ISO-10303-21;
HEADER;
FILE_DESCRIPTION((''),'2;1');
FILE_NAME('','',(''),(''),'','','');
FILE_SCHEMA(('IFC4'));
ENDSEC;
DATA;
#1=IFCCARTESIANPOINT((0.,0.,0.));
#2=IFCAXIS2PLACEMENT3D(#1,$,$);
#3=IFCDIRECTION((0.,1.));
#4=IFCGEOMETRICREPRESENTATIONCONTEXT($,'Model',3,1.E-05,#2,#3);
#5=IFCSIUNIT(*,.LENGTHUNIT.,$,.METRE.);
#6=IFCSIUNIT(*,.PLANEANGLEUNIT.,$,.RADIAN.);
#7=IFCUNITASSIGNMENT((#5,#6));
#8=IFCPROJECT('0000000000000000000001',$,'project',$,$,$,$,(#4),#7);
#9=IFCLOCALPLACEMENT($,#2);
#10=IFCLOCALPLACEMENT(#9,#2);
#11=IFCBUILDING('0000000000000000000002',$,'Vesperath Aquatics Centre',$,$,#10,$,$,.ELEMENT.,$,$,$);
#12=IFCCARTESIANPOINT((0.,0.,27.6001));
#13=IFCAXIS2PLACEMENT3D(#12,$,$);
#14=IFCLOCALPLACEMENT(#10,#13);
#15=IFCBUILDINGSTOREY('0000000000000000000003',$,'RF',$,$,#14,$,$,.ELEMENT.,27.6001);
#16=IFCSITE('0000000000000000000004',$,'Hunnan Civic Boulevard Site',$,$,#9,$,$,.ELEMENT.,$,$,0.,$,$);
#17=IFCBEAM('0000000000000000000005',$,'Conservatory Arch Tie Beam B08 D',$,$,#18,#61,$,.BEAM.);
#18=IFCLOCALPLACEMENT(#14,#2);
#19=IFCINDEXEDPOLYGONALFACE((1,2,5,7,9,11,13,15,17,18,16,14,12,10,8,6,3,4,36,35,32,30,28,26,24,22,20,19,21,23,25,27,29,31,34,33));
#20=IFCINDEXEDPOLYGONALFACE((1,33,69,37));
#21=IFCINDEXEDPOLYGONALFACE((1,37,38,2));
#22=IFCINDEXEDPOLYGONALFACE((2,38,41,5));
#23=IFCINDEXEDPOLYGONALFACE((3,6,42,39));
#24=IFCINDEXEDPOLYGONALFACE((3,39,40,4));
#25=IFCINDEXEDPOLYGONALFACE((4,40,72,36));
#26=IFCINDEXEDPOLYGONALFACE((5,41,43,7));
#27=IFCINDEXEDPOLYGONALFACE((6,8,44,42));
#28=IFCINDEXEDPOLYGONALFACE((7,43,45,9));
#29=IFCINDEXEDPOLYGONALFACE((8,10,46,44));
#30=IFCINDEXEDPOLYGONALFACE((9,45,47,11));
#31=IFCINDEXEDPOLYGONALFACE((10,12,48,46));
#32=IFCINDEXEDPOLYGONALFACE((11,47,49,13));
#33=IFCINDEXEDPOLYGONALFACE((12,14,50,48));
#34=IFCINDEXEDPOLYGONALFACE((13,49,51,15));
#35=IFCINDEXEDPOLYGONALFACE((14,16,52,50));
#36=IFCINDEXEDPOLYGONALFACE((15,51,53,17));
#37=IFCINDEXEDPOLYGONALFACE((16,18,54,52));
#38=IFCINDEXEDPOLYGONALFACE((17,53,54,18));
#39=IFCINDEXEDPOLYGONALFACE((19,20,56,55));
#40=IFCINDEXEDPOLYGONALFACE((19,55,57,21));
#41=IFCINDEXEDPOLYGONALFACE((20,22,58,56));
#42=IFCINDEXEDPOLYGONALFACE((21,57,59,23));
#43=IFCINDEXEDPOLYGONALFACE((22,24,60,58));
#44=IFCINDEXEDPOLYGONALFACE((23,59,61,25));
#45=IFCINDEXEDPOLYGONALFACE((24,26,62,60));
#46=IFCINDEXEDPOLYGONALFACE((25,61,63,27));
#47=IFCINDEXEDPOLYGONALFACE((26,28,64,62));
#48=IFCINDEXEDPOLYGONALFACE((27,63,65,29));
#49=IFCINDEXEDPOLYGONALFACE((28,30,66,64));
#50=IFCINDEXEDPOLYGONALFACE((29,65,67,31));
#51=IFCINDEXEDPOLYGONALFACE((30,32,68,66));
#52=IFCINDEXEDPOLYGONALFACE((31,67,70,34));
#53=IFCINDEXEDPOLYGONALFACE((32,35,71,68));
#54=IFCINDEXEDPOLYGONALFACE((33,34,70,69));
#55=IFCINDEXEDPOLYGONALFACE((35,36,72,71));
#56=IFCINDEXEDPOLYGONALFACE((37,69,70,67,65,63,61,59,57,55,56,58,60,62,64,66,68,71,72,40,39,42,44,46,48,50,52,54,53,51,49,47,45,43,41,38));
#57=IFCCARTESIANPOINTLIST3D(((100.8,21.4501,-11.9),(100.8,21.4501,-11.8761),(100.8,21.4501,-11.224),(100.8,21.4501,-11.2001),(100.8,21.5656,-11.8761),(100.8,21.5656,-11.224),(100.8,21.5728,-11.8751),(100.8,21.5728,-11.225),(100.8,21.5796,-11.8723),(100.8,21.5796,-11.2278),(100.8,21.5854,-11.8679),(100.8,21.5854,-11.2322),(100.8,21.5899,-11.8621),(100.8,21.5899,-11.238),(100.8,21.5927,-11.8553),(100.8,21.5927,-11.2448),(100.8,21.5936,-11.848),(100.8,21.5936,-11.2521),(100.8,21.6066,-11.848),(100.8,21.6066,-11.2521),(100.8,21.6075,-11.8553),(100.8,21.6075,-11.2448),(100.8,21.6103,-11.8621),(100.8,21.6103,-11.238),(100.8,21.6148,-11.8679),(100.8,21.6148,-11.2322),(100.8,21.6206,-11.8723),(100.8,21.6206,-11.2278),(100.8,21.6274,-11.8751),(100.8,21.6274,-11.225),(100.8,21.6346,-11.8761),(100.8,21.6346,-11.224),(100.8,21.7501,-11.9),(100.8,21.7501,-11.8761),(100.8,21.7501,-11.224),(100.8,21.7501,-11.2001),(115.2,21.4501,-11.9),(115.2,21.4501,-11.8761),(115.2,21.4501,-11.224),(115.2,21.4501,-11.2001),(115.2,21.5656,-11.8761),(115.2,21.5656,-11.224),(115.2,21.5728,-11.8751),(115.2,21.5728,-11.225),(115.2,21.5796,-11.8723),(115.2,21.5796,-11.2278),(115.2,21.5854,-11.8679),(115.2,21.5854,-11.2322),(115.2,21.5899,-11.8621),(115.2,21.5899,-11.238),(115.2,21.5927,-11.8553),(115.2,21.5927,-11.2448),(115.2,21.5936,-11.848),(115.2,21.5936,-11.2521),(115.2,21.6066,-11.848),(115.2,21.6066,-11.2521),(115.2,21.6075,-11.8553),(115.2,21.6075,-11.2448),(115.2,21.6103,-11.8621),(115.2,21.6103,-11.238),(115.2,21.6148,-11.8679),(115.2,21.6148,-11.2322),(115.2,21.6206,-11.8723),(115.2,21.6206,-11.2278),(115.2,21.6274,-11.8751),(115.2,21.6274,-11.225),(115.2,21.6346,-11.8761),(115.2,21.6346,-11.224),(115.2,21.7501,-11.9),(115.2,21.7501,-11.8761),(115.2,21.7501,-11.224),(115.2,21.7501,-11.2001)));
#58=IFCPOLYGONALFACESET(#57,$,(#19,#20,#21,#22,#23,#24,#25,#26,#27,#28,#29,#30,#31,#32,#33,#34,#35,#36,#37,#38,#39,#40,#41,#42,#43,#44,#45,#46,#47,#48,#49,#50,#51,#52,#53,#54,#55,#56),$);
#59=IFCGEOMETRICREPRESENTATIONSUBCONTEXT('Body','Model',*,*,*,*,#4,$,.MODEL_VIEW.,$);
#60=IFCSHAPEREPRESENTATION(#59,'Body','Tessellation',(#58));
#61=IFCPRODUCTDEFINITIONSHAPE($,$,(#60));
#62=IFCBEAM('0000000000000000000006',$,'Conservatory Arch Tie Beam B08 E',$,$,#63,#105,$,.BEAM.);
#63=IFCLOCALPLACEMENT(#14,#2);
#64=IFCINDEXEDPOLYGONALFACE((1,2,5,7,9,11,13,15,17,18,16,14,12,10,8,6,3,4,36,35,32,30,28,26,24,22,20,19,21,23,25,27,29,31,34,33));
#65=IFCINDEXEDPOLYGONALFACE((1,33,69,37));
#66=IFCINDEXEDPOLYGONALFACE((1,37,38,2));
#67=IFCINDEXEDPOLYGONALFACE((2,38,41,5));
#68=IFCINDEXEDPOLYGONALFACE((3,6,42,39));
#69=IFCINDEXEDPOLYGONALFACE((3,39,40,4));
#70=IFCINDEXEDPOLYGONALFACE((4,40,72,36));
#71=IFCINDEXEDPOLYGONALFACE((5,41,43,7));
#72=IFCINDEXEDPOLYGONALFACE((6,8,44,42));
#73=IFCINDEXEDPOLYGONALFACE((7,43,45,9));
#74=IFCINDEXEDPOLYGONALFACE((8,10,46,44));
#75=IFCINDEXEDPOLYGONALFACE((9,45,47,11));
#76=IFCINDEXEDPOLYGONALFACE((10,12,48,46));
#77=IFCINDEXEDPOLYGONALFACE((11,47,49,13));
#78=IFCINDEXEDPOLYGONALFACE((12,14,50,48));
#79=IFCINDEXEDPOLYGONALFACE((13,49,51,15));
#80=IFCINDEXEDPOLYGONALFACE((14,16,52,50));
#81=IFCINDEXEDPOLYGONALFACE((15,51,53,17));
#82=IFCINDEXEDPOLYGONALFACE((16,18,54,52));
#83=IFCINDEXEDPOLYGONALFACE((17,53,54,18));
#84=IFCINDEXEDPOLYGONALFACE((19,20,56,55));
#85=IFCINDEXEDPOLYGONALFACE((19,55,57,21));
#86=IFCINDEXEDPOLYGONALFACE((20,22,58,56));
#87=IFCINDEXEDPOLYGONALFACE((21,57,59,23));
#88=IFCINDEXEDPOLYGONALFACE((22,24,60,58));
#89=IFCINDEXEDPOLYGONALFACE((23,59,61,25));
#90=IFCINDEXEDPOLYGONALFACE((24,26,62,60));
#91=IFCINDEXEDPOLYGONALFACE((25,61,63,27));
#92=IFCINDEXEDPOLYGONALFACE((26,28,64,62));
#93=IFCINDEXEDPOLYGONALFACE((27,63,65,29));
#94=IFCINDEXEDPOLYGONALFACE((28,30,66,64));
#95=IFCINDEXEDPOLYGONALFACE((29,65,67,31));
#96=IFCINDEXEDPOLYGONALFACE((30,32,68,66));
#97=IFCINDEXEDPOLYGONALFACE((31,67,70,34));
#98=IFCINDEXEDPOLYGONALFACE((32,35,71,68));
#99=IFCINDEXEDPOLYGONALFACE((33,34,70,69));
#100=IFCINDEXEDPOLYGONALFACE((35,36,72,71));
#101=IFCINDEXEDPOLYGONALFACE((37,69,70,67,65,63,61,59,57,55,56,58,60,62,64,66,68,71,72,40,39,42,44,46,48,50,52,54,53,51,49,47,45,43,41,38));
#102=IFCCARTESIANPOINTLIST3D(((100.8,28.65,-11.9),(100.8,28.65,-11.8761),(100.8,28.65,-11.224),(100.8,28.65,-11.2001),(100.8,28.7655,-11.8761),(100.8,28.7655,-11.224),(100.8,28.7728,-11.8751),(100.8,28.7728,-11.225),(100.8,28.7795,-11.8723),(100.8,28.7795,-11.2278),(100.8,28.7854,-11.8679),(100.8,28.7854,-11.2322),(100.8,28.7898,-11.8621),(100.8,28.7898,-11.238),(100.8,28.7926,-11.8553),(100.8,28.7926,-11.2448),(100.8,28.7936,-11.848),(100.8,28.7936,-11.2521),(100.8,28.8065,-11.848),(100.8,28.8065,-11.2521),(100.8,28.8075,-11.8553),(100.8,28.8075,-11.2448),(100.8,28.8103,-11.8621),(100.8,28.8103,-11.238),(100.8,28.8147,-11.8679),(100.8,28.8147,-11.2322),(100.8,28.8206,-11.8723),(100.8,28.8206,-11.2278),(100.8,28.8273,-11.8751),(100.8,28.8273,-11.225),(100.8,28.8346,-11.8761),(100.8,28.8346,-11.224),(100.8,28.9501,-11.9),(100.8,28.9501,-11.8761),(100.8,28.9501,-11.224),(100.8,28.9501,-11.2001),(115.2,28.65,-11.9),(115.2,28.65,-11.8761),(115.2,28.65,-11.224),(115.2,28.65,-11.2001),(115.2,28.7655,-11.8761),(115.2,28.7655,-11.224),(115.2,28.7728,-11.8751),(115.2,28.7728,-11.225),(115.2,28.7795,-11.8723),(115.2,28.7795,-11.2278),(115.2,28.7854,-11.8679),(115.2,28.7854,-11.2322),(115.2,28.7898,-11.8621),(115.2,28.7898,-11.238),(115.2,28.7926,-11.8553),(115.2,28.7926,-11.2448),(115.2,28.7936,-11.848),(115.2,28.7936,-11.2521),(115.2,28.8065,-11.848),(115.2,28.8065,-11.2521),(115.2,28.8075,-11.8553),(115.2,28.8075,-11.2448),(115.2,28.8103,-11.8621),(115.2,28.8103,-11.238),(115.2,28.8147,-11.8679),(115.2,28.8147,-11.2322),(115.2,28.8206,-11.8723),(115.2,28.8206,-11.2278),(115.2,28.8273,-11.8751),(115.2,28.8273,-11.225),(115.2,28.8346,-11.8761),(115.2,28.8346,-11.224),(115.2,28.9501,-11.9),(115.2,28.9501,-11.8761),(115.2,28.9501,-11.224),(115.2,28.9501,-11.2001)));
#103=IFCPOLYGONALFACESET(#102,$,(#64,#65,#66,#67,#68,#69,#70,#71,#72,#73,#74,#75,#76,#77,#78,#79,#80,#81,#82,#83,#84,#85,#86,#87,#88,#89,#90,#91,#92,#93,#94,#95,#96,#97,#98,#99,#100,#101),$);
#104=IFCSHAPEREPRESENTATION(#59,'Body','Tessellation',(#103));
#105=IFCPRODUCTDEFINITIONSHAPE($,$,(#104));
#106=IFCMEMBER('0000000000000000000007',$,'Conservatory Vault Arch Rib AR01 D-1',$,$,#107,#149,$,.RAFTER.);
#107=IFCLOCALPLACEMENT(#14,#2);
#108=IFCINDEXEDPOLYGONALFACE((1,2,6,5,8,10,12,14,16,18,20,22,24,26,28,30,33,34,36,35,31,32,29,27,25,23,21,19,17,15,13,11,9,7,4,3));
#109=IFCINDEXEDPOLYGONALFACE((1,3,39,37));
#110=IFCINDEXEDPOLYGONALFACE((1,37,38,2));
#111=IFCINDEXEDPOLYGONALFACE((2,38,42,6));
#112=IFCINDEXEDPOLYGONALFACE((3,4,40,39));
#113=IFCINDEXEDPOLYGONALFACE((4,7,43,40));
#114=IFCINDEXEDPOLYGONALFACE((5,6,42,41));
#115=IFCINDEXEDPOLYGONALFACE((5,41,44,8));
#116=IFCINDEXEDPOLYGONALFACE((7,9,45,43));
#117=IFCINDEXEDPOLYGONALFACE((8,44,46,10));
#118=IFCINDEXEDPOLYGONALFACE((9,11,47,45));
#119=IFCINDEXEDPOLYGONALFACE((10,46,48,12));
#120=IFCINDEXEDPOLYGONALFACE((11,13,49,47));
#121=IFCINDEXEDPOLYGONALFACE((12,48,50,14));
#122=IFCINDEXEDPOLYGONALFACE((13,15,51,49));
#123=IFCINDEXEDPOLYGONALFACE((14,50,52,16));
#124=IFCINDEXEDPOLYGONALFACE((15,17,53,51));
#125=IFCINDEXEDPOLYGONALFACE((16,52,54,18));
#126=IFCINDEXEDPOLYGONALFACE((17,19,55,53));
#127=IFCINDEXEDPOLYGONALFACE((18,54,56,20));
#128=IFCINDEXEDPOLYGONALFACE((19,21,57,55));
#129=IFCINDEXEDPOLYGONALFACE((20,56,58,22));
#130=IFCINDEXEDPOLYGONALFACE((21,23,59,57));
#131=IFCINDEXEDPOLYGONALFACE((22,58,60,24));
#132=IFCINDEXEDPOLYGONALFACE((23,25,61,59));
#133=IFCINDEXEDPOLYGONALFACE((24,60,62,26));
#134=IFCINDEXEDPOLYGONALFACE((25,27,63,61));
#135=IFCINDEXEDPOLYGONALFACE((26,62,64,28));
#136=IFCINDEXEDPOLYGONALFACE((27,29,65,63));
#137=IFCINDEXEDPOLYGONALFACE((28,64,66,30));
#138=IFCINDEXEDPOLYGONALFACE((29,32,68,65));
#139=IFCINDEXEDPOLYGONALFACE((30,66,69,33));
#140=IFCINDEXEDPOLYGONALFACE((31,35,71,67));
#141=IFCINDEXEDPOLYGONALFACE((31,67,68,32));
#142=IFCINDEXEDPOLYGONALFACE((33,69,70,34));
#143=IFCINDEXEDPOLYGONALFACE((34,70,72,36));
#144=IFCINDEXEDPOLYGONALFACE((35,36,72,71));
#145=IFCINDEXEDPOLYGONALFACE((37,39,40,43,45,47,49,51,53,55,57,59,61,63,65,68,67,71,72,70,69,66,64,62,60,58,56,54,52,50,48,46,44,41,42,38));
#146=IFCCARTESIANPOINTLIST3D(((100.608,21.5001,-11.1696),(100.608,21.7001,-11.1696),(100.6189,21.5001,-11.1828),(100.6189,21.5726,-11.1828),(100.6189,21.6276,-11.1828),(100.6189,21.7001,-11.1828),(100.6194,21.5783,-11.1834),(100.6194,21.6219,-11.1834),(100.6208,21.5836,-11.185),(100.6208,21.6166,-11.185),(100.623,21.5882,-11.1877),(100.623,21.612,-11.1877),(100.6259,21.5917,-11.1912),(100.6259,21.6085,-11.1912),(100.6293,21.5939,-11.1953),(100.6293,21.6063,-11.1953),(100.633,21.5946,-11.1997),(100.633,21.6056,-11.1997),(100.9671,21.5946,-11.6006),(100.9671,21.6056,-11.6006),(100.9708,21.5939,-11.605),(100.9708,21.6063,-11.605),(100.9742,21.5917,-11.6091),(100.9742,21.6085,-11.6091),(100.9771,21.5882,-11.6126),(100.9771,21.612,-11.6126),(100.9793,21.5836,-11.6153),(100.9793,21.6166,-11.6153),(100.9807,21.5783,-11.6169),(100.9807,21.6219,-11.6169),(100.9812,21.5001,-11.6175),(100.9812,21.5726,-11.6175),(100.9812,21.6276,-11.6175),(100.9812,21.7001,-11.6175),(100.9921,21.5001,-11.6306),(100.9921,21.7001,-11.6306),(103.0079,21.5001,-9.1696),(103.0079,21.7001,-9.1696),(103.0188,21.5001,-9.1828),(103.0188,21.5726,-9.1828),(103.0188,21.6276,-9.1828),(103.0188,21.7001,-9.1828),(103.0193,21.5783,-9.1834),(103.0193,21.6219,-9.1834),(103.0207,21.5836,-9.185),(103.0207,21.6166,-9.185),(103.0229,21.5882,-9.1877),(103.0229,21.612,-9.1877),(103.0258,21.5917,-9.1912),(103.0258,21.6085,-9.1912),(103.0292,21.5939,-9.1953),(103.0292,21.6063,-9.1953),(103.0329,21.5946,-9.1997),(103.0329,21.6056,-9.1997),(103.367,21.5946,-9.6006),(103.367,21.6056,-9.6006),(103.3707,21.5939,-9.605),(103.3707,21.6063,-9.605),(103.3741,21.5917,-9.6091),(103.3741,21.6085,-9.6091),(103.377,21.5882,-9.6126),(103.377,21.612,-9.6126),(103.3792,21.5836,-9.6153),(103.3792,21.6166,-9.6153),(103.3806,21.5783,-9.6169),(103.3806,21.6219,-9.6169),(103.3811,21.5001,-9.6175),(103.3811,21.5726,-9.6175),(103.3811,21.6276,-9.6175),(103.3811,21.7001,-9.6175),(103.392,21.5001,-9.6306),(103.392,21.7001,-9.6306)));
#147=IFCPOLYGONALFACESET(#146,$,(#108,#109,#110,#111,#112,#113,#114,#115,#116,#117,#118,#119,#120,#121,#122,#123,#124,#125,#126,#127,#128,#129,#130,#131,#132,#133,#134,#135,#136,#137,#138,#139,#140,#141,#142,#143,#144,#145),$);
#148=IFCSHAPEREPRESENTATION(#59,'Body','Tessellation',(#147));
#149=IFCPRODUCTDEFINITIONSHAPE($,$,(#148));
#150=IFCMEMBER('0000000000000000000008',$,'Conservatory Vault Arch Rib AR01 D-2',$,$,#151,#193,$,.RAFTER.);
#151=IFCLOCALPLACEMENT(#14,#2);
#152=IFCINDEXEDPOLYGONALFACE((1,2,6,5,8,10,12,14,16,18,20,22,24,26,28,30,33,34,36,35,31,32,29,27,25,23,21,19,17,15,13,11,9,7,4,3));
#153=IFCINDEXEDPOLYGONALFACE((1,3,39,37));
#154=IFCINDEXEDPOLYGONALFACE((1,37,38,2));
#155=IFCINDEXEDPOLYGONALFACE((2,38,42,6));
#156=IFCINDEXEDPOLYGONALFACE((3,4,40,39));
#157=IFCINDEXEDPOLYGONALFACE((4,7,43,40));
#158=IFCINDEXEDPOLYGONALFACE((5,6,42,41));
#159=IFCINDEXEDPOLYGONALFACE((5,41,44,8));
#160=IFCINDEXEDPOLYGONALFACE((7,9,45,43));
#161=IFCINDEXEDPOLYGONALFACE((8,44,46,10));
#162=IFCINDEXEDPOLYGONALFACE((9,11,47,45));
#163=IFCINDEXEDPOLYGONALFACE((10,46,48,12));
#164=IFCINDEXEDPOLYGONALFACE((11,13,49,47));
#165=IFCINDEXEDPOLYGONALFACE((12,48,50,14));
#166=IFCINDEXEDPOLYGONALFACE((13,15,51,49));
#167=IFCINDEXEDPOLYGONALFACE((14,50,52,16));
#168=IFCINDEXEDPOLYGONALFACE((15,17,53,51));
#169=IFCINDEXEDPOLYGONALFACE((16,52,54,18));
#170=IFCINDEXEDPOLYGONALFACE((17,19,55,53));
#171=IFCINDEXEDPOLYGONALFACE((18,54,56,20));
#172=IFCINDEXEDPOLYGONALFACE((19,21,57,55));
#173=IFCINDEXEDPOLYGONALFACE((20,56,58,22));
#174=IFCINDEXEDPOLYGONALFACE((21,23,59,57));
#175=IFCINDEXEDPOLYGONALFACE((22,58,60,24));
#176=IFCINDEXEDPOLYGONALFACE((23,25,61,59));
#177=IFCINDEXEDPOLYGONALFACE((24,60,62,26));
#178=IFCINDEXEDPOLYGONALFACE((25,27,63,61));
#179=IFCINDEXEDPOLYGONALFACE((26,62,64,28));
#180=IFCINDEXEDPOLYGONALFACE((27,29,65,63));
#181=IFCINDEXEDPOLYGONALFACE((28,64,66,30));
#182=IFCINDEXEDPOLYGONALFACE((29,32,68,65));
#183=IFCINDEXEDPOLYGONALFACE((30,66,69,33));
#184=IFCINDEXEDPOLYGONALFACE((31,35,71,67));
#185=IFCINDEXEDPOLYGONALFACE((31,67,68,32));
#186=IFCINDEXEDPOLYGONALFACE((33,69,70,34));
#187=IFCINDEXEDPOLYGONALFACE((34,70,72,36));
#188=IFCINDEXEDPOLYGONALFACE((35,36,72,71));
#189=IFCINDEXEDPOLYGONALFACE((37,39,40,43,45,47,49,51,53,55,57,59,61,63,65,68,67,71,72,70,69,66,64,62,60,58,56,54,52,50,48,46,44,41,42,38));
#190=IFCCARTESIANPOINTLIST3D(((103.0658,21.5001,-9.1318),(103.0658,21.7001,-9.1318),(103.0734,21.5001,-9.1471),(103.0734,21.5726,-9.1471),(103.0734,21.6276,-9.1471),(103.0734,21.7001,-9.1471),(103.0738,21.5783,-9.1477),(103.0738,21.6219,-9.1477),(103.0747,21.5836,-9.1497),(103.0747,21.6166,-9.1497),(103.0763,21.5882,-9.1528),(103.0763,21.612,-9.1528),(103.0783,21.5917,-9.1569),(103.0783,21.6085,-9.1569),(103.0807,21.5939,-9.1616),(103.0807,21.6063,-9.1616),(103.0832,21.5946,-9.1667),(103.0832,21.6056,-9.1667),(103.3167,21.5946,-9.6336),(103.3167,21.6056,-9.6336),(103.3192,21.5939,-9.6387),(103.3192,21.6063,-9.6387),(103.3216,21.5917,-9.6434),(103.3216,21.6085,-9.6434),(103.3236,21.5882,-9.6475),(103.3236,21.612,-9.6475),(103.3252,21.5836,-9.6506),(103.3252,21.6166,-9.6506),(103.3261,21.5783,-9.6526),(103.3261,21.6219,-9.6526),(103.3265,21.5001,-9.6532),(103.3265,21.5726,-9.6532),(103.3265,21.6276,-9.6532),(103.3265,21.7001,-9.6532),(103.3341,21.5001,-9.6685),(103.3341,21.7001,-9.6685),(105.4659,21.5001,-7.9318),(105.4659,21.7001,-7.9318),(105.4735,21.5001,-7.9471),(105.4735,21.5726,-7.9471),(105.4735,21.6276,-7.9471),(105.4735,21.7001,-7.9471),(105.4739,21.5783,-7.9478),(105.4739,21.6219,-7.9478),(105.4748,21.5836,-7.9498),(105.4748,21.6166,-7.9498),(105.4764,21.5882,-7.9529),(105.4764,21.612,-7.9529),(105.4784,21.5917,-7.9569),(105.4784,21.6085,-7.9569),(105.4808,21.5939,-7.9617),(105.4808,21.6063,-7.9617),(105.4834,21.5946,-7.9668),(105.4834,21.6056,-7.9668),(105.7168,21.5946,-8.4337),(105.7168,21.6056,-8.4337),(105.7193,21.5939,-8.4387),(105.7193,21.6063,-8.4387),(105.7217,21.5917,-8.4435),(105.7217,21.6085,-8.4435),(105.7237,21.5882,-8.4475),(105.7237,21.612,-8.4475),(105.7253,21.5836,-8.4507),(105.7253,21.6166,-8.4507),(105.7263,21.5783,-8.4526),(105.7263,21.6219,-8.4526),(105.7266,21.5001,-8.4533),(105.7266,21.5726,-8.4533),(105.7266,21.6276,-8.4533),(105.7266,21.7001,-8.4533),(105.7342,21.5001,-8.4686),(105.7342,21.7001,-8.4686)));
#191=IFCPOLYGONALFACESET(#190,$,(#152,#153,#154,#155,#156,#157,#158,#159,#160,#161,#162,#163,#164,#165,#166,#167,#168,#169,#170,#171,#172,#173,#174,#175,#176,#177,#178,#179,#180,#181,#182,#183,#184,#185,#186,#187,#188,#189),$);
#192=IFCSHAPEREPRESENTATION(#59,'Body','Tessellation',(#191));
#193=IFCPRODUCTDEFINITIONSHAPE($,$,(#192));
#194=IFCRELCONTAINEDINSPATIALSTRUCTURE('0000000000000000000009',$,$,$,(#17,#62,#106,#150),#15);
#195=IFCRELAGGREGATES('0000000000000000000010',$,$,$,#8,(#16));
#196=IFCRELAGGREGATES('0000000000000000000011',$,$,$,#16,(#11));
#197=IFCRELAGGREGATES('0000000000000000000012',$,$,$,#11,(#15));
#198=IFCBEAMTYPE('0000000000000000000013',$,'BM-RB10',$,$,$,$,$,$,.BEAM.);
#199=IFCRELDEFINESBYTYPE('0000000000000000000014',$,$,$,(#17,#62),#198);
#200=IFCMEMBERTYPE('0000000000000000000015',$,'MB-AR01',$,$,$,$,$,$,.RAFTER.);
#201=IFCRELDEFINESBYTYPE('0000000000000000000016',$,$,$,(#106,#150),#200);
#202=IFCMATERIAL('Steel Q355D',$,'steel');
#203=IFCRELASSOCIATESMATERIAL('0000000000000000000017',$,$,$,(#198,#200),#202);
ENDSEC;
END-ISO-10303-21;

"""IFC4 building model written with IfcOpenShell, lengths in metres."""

from ifc_helpers import new_model, si_unit, direction, frame, origin, origin_2d, place, context, subcontext, project, spatial, i_section, extrude, material, material_profile, profile_set, type_object, element, save


model = new_model("IFC4")

# Units and contexts
model_context = context("Model", 3, precision=1e-05, world=origin(), true_north=direction((0.0, 1.0)))
body_context = subcontext(model_context, "Body", "Model", "MODEL_VIEW")
ifc_project = project(units=[si_unit("LENGTHUNIT", "METRE"), si_unit("PLANEANGLEUNIT", "RADIAN")], contexts=[model_context])

# Site, building, storey
site_placement = place(None, origin())
site = spatial("IfcSite", under=ifc_project, at=site_placement, Name="Hunnan Civic Boulevard Site", CompositionType="ELEMENT", RefElevation=0.0)
building_placement = place(site_placement, origin())
building = spatial("IfcBuilding", under=site, at=building_placement, Name="Vesperath Aquatics Centre", CompositionType="ELEMENT")
storey_placement = place(building_placement, frame((0.0, 0.0, 27.6001)))
storey = spatial("IfcBuildingStorey", under=building, at=storey_placement, Name="RF", CompositionType="ELEMENT", Elevation=27.6001)

# Beams
ifc_material_1 = material(Name="Steel Q355D", Category="steel")
ifc_material_profile_1 = material_profile(ifc_material_1, i_section(OverallWidth=0.3, OverallDepth=0.7, WebThickness=0.0129, FlangeThickness=0.0239, FilletRadius=0.0281, at=origin_2d()), Name="HN 700x300x13x24")
ifc_profile_set_1 = profile_set([ifc_material_profile_1], Name="Steel Q355D")
beam_type = type_object("IfcBeamType", Name="BM-RB10", PredefinedType="BEAM", material=ifc_profile_set_1)
for number, where, z_axis, x_axis, name in (
    (1, (100.8, 21.6001, -11.55), (1.0, 0.0, 0.0), (0.0, 1.0, 0.0), "Conservatory Arch Tie Beam B08 D"),
    (2, (100.8, 28.8, -11.55), (1.0, 0.0, 0.0), (0.0, 1.0, 0.0), "Conservatory Arch Tie Beam B08 E"),
):
    element("IfcBeam", number, at=place(storey_placement, frame(where, z_axis=z_axis, x_axis=x_axis)), inside=storey, type_object=beam_type, Name=name, PredefinedType="BEAM", context=body_context, shape_type="SweptSolid", body=[
        extrude(i_section(OverallWidth=0.3, OverallDepth=0.7, WebThickness=0.0129, FlangeThickness=0.0239, FilletRadius=0.0281, at=origin_2d()), origin(), (0.0, 0.0, 1.0), 14.3999),
    ])

# Members
ifc_material_profile_2 = material_profile(ifc_material_1, i_section(OverallWidth=0.2, OverallDepth=0.6001, WebThickness=0.011, FlangeThickness=0.0171, FilletRadius=0.022, at=origin_2d()), Name="HN 600x200x11x17")
ifc_profile_set_2 = profile_set([ifc_material_profile_2], Name="Steel Q355D")
member_type_1 = type_object("IfcMemberType", Name="MB-AR01", PredefinedType="RAFTER", material=ifc_profile_set_2)
member_1_placement = place(storey_placement, frame((100.8, 21.6001, -11.4001), z_axis=(0.768208, 0.0, 0.6402), x_axis=(0.0, 1.0, 0.0)))
element("IfcMember", 3, at=member_1_placement, inside=storey, type_object=member_type_1, Name="Conservatory Vault Arch Rib AR01 D-1", PredefinedType="RAFTER", context=body_context, shape_type="SweptSolid", body=[
    extrude(i_section(OverallWidth=0.2, OverallDepth=0.6001, WebThickness=0.011, FlangeThickness=0.0171, FilletRadius=0.022, at=origin_2d()), origin(), (0.0, 0.0, 1.0), 3.124),
])
member_2_placement = place(storey_placement, frame((103.2, 21.6001, -9.4001), z_axis=(0.894445, 0.0, 0.447177), x_axis=(0.0, 1.0, 0.0)))
element("IfcMember", 4, at=member_2_placement, inside=storey, type_object=member_type_1, Name="Conservatory Vault Arch Rib AR01 D-2", PredefinedType="RAFTER", context=body_context, shape_type="SweptSolid", body=[
    extrude(i_section(OverallWidth=0.2, OverallDepth=0.6001, WebThickness=0.011, FlangeThickness=0.0171, FilletRadius=0.022, at=origin_2d()), origin(), (0.0, 0.0, 1.0), 2.6833),
])

save(model, "model.ifc")
